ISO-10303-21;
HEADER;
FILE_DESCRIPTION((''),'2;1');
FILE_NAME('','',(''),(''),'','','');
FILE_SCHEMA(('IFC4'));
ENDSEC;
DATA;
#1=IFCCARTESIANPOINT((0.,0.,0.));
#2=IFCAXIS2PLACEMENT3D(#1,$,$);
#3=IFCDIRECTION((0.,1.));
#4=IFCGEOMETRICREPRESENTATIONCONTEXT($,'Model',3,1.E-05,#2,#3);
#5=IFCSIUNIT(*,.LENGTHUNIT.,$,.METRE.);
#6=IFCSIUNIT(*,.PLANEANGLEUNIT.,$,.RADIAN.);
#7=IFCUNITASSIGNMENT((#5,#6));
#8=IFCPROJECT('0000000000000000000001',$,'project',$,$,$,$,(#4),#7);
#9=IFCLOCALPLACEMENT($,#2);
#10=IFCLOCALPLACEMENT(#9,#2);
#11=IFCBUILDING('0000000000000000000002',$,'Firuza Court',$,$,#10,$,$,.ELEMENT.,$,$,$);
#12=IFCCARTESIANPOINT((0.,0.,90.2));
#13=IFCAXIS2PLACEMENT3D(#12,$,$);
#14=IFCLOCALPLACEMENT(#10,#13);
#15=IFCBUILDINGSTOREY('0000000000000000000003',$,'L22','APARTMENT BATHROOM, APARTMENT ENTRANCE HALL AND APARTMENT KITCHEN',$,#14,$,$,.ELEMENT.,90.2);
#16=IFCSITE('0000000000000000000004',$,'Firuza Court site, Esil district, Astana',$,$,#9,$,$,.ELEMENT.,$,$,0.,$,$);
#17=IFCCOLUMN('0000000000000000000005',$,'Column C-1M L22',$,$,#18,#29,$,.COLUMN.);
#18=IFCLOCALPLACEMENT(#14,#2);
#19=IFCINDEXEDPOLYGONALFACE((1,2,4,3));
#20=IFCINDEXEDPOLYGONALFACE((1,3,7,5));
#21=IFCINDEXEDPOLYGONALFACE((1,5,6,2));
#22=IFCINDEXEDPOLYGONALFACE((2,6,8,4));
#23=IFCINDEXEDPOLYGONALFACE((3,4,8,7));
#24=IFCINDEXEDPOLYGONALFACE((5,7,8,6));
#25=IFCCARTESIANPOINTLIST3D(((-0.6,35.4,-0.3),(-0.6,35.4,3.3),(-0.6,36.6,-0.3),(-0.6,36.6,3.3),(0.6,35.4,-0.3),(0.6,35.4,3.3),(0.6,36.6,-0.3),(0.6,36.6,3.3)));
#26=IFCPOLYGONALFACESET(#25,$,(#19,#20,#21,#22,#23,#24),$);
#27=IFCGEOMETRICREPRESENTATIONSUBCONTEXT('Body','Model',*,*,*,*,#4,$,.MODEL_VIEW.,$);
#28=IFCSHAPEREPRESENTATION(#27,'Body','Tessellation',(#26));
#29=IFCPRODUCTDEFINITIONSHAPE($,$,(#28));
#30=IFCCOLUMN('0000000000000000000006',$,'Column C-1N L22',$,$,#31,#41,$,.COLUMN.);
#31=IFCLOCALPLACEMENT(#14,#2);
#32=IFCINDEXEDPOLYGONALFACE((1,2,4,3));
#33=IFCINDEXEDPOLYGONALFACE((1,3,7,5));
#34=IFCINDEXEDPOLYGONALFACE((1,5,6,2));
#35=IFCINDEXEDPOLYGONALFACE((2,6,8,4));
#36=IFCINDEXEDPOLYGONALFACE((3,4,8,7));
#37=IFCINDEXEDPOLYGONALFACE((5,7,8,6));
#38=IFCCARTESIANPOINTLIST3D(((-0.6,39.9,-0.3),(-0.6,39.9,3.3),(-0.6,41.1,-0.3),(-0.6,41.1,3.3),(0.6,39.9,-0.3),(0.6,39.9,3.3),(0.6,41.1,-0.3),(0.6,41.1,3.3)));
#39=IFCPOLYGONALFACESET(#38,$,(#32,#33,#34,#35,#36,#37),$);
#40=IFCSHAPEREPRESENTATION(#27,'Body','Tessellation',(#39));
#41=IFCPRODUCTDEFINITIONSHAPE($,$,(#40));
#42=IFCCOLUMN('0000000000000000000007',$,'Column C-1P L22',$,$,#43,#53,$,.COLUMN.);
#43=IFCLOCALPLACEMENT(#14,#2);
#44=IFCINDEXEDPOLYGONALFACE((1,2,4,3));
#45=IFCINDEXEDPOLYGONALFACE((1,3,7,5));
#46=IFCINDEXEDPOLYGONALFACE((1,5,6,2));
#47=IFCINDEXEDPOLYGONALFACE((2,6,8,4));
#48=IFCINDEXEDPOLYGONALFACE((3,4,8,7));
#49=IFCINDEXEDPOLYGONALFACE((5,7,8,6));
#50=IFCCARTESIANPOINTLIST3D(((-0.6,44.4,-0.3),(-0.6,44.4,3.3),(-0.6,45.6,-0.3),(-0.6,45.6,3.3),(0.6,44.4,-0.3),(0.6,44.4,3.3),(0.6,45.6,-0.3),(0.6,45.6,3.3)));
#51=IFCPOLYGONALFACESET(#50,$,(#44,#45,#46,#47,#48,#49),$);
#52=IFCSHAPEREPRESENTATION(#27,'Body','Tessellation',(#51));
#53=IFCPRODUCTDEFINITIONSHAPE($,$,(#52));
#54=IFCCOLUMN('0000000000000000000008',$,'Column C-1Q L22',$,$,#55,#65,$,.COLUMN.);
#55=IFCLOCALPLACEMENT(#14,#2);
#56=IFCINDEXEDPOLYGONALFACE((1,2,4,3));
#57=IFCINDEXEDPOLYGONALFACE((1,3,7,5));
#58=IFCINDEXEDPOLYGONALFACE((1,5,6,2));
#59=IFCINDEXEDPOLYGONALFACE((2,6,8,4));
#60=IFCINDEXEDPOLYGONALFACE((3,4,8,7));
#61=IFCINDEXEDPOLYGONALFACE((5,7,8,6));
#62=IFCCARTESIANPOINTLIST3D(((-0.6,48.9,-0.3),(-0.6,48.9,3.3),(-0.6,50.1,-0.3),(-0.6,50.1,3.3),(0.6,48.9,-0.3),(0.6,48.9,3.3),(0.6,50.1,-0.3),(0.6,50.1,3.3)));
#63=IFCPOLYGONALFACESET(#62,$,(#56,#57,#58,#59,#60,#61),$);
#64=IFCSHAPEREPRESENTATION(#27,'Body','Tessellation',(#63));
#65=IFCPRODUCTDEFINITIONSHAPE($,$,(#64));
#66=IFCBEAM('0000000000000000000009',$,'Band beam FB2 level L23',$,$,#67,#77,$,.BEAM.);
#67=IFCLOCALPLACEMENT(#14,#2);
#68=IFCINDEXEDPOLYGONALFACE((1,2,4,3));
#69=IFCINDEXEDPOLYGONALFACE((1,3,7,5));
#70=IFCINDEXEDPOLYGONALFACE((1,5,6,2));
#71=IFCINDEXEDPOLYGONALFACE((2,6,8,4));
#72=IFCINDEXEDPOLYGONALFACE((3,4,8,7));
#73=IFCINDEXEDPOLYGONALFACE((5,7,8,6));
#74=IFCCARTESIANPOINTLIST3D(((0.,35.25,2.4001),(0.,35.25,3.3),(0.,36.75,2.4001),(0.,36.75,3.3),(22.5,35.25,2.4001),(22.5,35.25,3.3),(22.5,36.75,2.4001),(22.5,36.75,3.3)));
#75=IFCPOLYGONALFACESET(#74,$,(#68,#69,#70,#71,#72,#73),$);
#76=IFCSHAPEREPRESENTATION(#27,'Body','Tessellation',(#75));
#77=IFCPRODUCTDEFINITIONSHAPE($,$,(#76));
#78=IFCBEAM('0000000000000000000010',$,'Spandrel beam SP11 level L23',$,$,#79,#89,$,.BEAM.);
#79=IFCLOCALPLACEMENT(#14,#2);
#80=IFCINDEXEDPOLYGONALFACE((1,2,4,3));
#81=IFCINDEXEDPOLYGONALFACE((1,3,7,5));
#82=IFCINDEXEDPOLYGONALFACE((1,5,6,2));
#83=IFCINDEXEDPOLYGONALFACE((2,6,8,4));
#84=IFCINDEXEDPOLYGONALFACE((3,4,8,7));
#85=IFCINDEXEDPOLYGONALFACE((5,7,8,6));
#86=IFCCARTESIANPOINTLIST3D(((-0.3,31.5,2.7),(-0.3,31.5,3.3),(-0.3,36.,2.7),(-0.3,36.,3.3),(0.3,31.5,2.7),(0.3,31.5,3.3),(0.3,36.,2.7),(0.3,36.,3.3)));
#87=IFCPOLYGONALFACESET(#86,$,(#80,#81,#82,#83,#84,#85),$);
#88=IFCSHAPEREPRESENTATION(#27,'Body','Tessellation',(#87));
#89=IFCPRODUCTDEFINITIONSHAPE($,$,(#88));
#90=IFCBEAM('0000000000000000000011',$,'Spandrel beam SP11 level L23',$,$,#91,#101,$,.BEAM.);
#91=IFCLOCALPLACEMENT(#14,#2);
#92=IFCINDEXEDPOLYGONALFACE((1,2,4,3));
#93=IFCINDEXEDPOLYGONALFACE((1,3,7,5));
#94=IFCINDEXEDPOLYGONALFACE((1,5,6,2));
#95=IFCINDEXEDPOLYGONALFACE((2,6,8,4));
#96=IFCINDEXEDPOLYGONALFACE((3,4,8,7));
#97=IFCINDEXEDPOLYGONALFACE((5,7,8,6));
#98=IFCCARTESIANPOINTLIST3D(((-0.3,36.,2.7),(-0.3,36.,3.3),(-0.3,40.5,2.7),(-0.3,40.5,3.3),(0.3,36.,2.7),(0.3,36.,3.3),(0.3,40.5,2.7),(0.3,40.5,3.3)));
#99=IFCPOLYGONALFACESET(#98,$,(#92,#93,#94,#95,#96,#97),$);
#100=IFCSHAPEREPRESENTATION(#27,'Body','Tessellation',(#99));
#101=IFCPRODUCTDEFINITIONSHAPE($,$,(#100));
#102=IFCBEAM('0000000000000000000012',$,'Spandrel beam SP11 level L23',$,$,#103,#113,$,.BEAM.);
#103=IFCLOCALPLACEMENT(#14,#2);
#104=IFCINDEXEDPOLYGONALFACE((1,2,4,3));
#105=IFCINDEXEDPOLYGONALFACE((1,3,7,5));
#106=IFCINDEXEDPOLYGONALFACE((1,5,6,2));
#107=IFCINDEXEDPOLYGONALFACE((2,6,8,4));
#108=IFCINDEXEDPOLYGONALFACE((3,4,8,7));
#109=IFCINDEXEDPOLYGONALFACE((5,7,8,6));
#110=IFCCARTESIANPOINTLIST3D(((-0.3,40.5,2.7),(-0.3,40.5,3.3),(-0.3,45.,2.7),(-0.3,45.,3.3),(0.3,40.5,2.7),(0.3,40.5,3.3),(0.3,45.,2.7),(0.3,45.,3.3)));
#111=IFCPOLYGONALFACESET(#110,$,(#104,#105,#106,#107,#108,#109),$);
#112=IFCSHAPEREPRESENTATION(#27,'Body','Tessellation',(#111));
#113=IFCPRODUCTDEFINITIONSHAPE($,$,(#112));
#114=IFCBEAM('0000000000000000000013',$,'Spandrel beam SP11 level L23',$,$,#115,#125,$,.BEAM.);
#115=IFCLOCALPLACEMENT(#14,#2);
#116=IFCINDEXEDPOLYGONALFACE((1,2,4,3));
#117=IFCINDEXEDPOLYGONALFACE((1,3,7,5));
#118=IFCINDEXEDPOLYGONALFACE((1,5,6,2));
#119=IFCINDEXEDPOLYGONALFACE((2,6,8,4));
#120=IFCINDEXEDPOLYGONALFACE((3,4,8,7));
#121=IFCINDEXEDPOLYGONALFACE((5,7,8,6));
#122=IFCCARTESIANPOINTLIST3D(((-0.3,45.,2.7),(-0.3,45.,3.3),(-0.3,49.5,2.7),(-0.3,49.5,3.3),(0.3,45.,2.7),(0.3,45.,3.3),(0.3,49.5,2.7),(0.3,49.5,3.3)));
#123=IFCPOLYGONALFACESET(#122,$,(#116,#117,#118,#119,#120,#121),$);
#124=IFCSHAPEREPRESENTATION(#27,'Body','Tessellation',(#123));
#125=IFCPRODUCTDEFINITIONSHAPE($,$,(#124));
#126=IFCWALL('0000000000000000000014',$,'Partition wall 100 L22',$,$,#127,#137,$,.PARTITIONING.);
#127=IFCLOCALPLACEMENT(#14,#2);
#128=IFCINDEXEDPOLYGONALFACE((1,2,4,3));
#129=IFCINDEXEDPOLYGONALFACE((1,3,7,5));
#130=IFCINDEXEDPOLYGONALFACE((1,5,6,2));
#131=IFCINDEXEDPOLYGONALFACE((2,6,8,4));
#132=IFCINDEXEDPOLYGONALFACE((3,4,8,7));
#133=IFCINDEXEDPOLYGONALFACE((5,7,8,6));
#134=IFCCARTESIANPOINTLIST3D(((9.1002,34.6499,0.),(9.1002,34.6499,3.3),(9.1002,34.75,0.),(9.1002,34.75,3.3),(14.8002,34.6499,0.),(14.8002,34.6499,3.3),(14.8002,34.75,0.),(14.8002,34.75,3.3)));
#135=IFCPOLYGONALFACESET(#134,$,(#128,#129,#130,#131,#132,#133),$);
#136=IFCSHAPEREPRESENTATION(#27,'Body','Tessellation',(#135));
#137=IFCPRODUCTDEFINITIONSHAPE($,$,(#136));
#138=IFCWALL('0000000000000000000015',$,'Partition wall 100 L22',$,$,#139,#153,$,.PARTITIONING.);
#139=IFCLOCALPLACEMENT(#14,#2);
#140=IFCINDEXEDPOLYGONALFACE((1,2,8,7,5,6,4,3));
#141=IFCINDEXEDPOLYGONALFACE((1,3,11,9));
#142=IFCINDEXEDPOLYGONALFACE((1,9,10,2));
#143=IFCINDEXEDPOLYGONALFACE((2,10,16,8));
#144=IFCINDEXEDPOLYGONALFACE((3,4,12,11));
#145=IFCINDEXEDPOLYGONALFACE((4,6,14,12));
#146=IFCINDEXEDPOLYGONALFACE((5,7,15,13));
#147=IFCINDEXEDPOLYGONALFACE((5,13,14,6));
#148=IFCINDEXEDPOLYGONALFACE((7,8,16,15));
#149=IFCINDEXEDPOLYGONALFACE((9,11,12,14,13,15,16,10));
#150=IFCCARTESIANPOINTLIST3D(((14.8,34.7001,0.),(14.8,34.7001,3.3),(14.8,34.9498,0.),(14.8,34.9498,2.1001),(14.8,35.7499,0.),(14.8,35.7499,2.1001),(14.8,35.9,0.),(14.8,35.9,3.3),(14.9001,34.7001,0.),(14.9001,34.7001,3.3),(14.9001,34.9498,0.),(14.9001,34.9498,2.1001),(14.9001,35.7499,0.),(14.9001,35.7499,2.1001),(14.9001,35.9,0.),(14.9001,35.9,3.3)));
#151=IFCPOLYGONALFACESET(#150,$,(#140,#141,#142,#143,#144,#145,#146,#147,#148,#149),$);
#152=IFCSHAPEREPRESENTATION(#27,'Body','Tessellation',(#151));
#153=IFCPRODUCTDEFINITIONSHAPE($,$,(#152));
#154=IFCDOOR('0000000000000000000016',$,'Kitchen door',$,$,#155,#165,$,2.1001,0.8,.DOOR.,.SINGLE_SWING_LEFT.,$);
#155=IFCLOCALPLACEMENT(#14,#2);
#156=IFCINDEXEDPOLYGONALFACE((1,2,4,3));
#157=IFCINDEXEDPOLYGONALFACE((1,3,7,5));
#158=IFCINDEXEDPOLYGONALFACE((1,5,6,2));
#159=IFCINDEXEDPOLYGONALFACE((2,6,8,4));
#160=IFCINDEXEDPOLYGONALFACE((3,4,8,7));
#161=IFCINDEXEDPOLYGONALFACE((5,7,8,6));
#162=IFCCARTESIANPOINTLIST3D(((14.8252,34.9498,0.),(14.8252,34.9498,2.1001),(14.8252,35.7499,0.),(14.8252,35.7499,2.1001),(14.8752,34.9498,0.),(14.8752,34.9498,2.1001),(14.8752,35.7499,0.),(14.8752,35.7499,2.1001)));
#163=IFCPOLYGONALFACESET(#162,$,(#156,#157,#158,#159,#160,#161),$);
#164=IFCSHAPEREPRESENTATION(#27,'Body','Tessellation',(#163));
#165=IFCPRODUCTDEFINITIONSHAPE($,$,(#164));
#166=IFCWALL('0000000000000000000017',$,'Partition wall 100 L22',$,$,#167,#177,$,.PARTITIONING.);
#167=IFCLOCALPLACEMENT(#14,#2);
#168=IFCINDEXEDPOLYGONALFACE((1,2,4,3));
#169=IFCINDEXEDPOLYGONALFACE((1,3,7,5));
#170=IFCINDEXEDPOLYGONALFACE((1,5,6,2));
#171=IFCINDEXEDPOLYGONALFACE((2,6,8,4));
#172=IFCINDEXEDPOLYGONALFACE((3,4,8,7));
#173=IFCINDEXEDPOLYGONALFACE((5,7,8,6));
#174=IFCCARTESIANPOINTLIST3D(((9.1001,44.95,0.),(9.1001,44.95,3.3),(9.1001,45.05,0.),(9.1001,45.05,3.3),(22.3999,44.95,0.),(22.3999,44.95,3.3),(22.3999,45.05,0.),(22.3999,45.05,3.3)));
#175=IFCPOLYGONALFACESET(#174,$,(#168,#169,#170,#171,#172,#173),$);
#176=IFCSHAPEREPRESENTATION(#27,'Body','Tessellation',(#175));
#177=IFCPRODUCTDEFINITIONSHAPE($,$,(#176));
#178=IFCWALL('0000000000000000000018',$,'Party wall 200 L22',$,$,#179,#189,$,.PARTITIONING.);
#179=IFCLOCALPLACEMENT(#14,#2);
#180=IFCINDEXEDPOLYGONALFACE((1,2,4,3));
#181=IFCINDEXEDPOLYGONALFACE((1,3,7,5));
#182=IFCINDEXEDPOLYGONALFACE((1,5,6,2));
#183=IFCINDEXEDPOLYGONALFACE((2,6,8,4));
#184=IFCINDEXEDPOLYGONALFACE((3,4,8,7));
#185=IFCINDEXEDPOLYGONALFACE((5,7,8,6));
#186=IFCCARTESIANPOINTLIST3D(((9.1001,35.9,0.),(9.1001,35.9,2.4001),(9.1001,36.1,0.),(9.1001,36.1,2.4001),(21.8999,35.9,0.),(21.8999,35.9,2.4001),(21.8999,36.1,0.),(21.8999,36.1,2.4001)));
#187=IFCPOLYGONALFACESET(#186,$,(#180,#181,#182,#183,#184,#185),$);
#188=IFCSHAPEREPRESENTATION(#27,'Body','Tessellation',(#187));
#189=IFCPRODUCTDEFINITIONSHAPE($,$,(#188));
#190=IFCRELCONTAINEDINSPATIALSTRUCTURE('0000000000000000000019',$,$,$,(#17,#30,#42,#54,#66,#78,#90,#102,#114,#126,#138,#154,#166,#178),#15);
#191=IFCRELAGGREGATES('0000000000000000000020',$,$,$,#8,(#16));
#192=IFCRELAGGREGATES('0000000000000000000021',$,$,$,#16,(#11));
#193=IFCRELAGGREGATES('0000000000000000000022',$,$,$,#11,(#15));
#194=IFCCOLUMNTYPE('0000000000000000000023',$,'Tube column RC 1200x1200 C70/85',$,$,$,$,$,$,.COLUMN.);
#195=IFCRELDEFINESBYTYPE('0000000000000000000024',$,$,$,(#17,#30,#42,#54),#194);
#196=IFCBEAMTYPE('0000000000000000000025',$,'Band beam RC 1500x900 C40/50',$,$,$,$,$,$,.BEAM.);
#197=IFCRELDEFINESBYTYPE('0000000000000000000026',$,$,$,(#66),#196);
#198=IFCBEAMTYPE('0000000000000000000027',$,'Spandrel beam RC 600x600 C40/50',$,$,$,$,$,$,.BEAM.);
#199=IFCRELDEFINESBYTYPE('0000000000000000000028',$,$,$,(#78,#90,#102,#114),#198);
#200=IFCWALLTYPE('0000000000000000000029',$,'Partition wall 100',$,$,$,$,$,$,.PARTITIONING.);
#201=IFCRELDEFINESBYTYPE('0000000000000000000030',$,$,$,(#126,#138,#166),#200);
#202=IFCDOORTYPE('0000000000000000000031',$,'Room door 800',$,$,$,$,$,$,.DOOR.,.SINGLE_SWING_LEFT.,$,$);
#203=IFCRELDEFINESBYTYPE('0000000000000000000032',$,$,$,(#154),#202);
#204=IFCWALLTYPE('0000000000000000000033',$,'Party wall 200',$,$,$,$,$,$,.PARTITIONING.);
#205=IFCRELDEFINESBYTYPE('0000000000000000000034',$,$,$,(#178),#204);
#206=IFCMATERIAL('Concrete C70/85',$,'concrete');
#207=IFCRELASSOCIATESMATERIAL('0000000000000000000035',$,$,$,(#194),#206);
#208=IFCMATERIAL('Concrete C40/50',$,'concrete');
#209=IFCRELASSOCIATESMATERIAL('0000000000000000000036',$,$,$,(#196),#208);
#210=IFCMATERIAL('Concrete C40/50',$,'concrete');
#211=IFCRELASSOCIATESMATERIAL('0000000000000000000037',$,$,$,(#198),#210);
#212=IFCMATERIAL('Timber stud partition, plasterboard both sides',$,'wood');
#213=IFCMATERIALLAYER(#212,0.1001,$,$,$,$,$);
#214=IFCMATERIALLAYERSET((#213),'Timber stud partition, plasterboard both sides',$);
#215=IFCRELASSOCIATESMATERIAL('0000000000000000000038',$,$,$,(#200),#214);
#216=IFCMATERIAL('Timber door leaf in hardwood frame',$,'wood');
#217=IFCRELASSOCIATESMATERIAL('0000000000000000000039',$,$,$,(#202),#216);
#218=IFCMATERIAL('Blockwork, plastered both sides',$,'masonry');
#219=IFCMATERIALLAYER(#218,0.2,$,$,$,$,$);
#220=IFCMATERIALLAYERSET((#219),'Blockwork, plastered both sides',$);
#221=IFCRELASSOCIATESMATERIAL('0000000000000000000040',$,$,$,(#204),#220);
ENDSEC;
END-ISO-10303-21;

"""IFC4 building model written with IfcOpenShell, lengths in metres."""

from ifc_helpers import new_model, si_unit, direction, frame, frame_2d, origin, origin_2d, place, context, subcontext, project, spatial, rectangle, extrude, material, layer, layer_set, material_profile, profile_set, type_object, element, fill, save


model = new_model("IFC4")

# Units and contexts
model_context = context("Model", 3, precision=1e-05, world=origin(), true_north=direction((0.0, 1.0)))
body_context = subcontext(model_context, "Body", "Model", "MODEL_VIEW")
ifc_project = project(units=[si_unit("LENGTHUNIT", "METRE"), si_unit("PLANEANGLEUNIT", "RADIAN")], contexts=[model_context])

# Site, building, storey
site_placement = place(None, origin())
site = spatial("IfcSite", under=ifc_project, at=site_placement, Name="Firuza Court site, Esil district, Astana", CompositionType="ELEMENT", RefElevation=0.0)
building_placement = place(site_placement, origin())
building = spatial("IfcBuilding", under=site, at=building_placement, Name="Firuza Court", CompositionType="ELEMENT")
storey_placement = place(building_placement, frame((0.0, 0.0, 90.2)))
storey = spatial("IfcBuildingStorey", under=building, at=storey_placement, Name="L22", Description="APARTMENT BATHROOM, APARTMENT ENTRANCE HALL AND APARTMENT KITCHEN", CompositionType="ELEMENT", Elevation=90.2)

# Columns
ifc_material_1 = material(Name="Concrete C70/85", Category="concrete")
ifc_material_profile_1 = material_profile(ifc_material_1, rectangle(XDim=1.2, YDim=1.2, at=origin_2d()), Name="RC 1200x1200")
ifc_profile_set_1 = profile_set([ifc_material_profile_1], Name="Concrete C70/85")
column_type = type_object("IfcColumnType", Name="Tube column RC 1200x1200 C70/85", PredefinedType="COLUMN", material=ifc_profile_set_1)
for number, where, z_axis, x_axis, name in (
    (1, (0.0, 36.0, -0.3), (0.0, 0.0, 1.0), (1.0, 0.0, 0.0), "Column C-1M L22"),
    (2, (0.0, 40.5, -0.3), (0.0, 0.0, 1.0), (1.0, 0.0, 0.0), "Column C-1N L22"),
    (3, (0.0, 45.0, -0.3), (0.0, 0.0, 1.0), (1.0, 0.0, 0.0), "Column C-1P L22"),
    (4, (0.0, 49.5, -0.3), (0.0, 0.0, 1.0), (1.0, 0.0, 0.0), "Column C-1Q L22"),
):
    element("IfcColumn", number, at=place(storey_placement, frame(where, z_axis=z_axis, x_axis=x_axis)), inside=storey, type_object=column_type, Name=name, PredefinedType="COLUMN", context=body_context, shape_type="SweptSolid", body=[
        extrude(rectangle(XDim=1.2, YDim=1.2, at=origin_2d()), origin(), (0.0, 0.0, 1.0), 3.6001),
    ])

# Beams
ifc_material_2 = material(Name="Concrete C40/50", Category="concrete")
ifc_material_profile_2 = material_profile(ifc_material_2, rectangle(XDim=1.5, YDim=0.8999, at=origin_2d()), Name="RC 1500x900")
ifc_profile_set_2 = profile_set([ifc_material_profile_2], Name="Concrete C40/50")
beam_type_1 = type_object("IfcBeamType", Name="Band beam RC 1500x900 C40/50", PredefinedType="BEAM", material=ifc_profile_set_2)
beam_placement = place(storey_placement, frame((0.0, 36.0, 2.8501), z_axis=(1.0, 0.0, 0.0), x_axis=(0.0, 1.0, 0.0)))
element("IfcBeam", 5, at=beam_placement, inside=storey, type_object=beam_type_1, Name="Band beam FB2 level L23", PredefinedType="BEAM", context=body_context, shape_type="SweptSolid", body=[
    extrude(rectangle(XDim=1.5, YDim=0.8999, at=origin_2d()), origin(), (0.0, 0.0, 1.0), 22.5),
])
ifc_material_3 = material(Name="Concrete C40/50", Category="concrete")
ifc_material_profile_3 = material_profile(ifc_material_3, rectangle(XDim=0.6001, YDim=0.6001, at=origin_2d()), Name="RC 600x600")
ifc_profile_set_3 = profile_set([ifc_material_profile_3], Name="Concrete C40/50")
beam_type_2 = type_object("IfcBeamType", Name="Spandrel beam RC 600x600 C40/50", PredefinedType="BEAM", material=ifc_profile_set_3)
for number, where, z_axis, x_axis, name in (
    (6, (0.0, 36.0, 3.0), (0.0, -1.0, 0.0), (1.0, 0.0, 0.0), "Spandrel beam SP11 level L23"),
    (7, (0.0, 40.5, 3.0), (0.0, -1.0, 0.0), (1.0, 0.0, 0.0), "Spandrel beam SP11 level L23"),
    (8, (0.0, 45.0, 3.0), (0.0, -1.0, 0.0), (1.0, 0.0, 0.0), "Spandrel beam SP11 level L23"),
    (9, (0.0, 49.5, 3.0), (0.0, -1.0, 0.0), (1.0, 0.0, 0.0), "Spandrel beam SP11 level L23"),
):
    element("IfcBeam", number, at=place(storey_placement, frame(where, z_axis=z_axis, x_axis=x_axis)), inside=storey, type_object=beam_type_2, Name=name, PredefinedType="BEAM", context=body_context, shape_type="SweptSolid", body=[
        extrude(rectangle(XDim=0.6001, YDim=0.6001, at=origin_2d()), origin(), (0.0, 0.0, 1.0), 4.5),
    ])

# Wall
ifc_material_4 = material(Name="Timber stud partition, plasterboard both sides", Category="wood")
ifc_layer_1 = layer(ifc_material_4, 0.1001)
ifc_layer_set_1 = layer_set([ifc_layer_1], Name="Timber stud partition, plasterboard both sides")
wall_type_1 = type_object("IfcWallType", Name="Partition wall 100", PredefinedType="PARTITIONING", material=ifc_layer_set_1)
wall_1_placement = place(storey_placement, frame((9.1001, 34.7, 0.0), z_axis=(0.0, 0.0, 1.0), x_axis=(1.0, 0.0, 0.0)))
element("IfcWall", 10, at=wall_1_placement, inside=storey, type_object=wall_type_1, Name="Partition wall 100 L22", PredefinedType="PARTITIONING", context=body_context, shape_type="SweptSolid", body=[
    extrude(rectangle(XDim=5.7, YDim=0.1001, at=frame_2d((2.8501, 0.0))), origin(), (0.0, 0.0, 1.0), 3.3),
])

# Wall, opening, door
wall_2_placement = place(storey_placement, frame((14.8501, 34.7, 0.0), z_axis=(0.0, 0.0, 1.0), x_axis=(0.0, 1.0, 0.0)))
wall_2 = element("IfcWall", 11, at=wall_2_placement, inside=storey, type_object=wall_type_1, Name="Partition wall 100 L22", PredefinedType="PARTITIONING", context=body_context, shape_type="SweptSolid", body=[
    extrude(rectangle(XDim=1.2, YDim=0.1001, at=frame_2d((0.6001, 0.0))), origin(), (0.0, 0.0, 1.0), 3.3),
])
opening_placement = place(wall_2_placement, frame((0.25, 0.0, 0.0)))
opening = element("IfcOpeningElement", 12, at=opening_placement, cuts=wall_2, PredefinedType="OPENING", context=body_context, shape_type="SweptSolid", body=[
    extrude(rectangle(XDim=0.8, YDim=2.1001, at=frame_2d((0.3999, 1.05))), frame((0.0, 0.062, 0.0), z_axis=(0.0, -1.0, 0.0), x_axis=(1.0, 0.0, 0.0)), (0.0, 0.0, 1.0), 0.124),
])
ifc_material_5 = material(Name="Timber door leaf in hardwood frame", Category="wood")
door_type = type_object("IfcDoorType", Name="Room door 800", OperationType="SINGLE_SWING_LEFT", PredefinedType="DOOR", material=ifc_material_5)
door_placement = place(opening_placement, origin())
door = element("IfcDoor", 13, at=door_placement, inside=storey, type_object=door_type, Name="Kitchen door", OperationType="SINGLE_SWING_LEFT", OverallHeight=2.1001, OverallWidth=0.8, PredefinedType="DOOR", context=body_context, shape_type="SweptSolid", body=[
    extrude(rectangle(XDim=0.8, YDim=2.1001, at=frame_2d((0.3999, 1.05))), frame((0.0, 0.0249, 0.0), z_axis=(0.0, -1.0, 0.0), x_axis=(1.0, 0.0, 0.0)), (0.0, 0.0, 1.0), 0.05),
])
fill(opening, door)

# Walls
wall_3_placement = place(storey_placement, frame((9.1001, 45.0, 0.0), z_axis=(0.0, 0.0, 1.0), x_axis=(1.0, 0.0, 0.0)))
element("IfcWall", 14, at=wall_3_placement, inside=storey, type_object=wall_type_1, Name="Partition wall 100 L22", PredefinedType="PARTITIONING", context=body_context, shape_type="SweptSolid", body=[
    extrude(rectangle(XDim=13.2998, YDim=0.1001, at=frame_2d((6.6499, 0.0))), origin(), (0.0, 0.0, 1.0), 3.3),
])
ifc_material_6 = material(Name="Blockwork, plastered both sides", Category="masonry")
ifc_layer_2 = layer(ifc_material_6, 0.2)
ifc_layer_set_2 = layer_set([ifc_layer_2], Name="Blockwork, plastered both sides")
wall_type_2 = type_object("IfcWallType", Name="Party wall 200", PredefinedType="PARTITIONING", material=ifc_layer_set_2)
wall_4_placement = place(storey_placement, frame((9.1001, 36.0, 0.0), z_axis=(0.0, 0.0, 1.0), x_axis=(1.0, 0.0, 0.0)))
element("IfcWall", 15, at=wall_4_placement, inside=storey, type_object=wall_type_2, Name="Party wall 200 L22", PredefinedType="PARTITIONING", context=body_context, shape_type="SweptSolid", body=[
    extrude(rectangle(XDim=12.7998, YDim=0.2, at=frame_2d((6.3999, 0.0))), origin(), (0.0, 0.0, 1.0), 2.4001),
])

save(model, "model.ifc")
